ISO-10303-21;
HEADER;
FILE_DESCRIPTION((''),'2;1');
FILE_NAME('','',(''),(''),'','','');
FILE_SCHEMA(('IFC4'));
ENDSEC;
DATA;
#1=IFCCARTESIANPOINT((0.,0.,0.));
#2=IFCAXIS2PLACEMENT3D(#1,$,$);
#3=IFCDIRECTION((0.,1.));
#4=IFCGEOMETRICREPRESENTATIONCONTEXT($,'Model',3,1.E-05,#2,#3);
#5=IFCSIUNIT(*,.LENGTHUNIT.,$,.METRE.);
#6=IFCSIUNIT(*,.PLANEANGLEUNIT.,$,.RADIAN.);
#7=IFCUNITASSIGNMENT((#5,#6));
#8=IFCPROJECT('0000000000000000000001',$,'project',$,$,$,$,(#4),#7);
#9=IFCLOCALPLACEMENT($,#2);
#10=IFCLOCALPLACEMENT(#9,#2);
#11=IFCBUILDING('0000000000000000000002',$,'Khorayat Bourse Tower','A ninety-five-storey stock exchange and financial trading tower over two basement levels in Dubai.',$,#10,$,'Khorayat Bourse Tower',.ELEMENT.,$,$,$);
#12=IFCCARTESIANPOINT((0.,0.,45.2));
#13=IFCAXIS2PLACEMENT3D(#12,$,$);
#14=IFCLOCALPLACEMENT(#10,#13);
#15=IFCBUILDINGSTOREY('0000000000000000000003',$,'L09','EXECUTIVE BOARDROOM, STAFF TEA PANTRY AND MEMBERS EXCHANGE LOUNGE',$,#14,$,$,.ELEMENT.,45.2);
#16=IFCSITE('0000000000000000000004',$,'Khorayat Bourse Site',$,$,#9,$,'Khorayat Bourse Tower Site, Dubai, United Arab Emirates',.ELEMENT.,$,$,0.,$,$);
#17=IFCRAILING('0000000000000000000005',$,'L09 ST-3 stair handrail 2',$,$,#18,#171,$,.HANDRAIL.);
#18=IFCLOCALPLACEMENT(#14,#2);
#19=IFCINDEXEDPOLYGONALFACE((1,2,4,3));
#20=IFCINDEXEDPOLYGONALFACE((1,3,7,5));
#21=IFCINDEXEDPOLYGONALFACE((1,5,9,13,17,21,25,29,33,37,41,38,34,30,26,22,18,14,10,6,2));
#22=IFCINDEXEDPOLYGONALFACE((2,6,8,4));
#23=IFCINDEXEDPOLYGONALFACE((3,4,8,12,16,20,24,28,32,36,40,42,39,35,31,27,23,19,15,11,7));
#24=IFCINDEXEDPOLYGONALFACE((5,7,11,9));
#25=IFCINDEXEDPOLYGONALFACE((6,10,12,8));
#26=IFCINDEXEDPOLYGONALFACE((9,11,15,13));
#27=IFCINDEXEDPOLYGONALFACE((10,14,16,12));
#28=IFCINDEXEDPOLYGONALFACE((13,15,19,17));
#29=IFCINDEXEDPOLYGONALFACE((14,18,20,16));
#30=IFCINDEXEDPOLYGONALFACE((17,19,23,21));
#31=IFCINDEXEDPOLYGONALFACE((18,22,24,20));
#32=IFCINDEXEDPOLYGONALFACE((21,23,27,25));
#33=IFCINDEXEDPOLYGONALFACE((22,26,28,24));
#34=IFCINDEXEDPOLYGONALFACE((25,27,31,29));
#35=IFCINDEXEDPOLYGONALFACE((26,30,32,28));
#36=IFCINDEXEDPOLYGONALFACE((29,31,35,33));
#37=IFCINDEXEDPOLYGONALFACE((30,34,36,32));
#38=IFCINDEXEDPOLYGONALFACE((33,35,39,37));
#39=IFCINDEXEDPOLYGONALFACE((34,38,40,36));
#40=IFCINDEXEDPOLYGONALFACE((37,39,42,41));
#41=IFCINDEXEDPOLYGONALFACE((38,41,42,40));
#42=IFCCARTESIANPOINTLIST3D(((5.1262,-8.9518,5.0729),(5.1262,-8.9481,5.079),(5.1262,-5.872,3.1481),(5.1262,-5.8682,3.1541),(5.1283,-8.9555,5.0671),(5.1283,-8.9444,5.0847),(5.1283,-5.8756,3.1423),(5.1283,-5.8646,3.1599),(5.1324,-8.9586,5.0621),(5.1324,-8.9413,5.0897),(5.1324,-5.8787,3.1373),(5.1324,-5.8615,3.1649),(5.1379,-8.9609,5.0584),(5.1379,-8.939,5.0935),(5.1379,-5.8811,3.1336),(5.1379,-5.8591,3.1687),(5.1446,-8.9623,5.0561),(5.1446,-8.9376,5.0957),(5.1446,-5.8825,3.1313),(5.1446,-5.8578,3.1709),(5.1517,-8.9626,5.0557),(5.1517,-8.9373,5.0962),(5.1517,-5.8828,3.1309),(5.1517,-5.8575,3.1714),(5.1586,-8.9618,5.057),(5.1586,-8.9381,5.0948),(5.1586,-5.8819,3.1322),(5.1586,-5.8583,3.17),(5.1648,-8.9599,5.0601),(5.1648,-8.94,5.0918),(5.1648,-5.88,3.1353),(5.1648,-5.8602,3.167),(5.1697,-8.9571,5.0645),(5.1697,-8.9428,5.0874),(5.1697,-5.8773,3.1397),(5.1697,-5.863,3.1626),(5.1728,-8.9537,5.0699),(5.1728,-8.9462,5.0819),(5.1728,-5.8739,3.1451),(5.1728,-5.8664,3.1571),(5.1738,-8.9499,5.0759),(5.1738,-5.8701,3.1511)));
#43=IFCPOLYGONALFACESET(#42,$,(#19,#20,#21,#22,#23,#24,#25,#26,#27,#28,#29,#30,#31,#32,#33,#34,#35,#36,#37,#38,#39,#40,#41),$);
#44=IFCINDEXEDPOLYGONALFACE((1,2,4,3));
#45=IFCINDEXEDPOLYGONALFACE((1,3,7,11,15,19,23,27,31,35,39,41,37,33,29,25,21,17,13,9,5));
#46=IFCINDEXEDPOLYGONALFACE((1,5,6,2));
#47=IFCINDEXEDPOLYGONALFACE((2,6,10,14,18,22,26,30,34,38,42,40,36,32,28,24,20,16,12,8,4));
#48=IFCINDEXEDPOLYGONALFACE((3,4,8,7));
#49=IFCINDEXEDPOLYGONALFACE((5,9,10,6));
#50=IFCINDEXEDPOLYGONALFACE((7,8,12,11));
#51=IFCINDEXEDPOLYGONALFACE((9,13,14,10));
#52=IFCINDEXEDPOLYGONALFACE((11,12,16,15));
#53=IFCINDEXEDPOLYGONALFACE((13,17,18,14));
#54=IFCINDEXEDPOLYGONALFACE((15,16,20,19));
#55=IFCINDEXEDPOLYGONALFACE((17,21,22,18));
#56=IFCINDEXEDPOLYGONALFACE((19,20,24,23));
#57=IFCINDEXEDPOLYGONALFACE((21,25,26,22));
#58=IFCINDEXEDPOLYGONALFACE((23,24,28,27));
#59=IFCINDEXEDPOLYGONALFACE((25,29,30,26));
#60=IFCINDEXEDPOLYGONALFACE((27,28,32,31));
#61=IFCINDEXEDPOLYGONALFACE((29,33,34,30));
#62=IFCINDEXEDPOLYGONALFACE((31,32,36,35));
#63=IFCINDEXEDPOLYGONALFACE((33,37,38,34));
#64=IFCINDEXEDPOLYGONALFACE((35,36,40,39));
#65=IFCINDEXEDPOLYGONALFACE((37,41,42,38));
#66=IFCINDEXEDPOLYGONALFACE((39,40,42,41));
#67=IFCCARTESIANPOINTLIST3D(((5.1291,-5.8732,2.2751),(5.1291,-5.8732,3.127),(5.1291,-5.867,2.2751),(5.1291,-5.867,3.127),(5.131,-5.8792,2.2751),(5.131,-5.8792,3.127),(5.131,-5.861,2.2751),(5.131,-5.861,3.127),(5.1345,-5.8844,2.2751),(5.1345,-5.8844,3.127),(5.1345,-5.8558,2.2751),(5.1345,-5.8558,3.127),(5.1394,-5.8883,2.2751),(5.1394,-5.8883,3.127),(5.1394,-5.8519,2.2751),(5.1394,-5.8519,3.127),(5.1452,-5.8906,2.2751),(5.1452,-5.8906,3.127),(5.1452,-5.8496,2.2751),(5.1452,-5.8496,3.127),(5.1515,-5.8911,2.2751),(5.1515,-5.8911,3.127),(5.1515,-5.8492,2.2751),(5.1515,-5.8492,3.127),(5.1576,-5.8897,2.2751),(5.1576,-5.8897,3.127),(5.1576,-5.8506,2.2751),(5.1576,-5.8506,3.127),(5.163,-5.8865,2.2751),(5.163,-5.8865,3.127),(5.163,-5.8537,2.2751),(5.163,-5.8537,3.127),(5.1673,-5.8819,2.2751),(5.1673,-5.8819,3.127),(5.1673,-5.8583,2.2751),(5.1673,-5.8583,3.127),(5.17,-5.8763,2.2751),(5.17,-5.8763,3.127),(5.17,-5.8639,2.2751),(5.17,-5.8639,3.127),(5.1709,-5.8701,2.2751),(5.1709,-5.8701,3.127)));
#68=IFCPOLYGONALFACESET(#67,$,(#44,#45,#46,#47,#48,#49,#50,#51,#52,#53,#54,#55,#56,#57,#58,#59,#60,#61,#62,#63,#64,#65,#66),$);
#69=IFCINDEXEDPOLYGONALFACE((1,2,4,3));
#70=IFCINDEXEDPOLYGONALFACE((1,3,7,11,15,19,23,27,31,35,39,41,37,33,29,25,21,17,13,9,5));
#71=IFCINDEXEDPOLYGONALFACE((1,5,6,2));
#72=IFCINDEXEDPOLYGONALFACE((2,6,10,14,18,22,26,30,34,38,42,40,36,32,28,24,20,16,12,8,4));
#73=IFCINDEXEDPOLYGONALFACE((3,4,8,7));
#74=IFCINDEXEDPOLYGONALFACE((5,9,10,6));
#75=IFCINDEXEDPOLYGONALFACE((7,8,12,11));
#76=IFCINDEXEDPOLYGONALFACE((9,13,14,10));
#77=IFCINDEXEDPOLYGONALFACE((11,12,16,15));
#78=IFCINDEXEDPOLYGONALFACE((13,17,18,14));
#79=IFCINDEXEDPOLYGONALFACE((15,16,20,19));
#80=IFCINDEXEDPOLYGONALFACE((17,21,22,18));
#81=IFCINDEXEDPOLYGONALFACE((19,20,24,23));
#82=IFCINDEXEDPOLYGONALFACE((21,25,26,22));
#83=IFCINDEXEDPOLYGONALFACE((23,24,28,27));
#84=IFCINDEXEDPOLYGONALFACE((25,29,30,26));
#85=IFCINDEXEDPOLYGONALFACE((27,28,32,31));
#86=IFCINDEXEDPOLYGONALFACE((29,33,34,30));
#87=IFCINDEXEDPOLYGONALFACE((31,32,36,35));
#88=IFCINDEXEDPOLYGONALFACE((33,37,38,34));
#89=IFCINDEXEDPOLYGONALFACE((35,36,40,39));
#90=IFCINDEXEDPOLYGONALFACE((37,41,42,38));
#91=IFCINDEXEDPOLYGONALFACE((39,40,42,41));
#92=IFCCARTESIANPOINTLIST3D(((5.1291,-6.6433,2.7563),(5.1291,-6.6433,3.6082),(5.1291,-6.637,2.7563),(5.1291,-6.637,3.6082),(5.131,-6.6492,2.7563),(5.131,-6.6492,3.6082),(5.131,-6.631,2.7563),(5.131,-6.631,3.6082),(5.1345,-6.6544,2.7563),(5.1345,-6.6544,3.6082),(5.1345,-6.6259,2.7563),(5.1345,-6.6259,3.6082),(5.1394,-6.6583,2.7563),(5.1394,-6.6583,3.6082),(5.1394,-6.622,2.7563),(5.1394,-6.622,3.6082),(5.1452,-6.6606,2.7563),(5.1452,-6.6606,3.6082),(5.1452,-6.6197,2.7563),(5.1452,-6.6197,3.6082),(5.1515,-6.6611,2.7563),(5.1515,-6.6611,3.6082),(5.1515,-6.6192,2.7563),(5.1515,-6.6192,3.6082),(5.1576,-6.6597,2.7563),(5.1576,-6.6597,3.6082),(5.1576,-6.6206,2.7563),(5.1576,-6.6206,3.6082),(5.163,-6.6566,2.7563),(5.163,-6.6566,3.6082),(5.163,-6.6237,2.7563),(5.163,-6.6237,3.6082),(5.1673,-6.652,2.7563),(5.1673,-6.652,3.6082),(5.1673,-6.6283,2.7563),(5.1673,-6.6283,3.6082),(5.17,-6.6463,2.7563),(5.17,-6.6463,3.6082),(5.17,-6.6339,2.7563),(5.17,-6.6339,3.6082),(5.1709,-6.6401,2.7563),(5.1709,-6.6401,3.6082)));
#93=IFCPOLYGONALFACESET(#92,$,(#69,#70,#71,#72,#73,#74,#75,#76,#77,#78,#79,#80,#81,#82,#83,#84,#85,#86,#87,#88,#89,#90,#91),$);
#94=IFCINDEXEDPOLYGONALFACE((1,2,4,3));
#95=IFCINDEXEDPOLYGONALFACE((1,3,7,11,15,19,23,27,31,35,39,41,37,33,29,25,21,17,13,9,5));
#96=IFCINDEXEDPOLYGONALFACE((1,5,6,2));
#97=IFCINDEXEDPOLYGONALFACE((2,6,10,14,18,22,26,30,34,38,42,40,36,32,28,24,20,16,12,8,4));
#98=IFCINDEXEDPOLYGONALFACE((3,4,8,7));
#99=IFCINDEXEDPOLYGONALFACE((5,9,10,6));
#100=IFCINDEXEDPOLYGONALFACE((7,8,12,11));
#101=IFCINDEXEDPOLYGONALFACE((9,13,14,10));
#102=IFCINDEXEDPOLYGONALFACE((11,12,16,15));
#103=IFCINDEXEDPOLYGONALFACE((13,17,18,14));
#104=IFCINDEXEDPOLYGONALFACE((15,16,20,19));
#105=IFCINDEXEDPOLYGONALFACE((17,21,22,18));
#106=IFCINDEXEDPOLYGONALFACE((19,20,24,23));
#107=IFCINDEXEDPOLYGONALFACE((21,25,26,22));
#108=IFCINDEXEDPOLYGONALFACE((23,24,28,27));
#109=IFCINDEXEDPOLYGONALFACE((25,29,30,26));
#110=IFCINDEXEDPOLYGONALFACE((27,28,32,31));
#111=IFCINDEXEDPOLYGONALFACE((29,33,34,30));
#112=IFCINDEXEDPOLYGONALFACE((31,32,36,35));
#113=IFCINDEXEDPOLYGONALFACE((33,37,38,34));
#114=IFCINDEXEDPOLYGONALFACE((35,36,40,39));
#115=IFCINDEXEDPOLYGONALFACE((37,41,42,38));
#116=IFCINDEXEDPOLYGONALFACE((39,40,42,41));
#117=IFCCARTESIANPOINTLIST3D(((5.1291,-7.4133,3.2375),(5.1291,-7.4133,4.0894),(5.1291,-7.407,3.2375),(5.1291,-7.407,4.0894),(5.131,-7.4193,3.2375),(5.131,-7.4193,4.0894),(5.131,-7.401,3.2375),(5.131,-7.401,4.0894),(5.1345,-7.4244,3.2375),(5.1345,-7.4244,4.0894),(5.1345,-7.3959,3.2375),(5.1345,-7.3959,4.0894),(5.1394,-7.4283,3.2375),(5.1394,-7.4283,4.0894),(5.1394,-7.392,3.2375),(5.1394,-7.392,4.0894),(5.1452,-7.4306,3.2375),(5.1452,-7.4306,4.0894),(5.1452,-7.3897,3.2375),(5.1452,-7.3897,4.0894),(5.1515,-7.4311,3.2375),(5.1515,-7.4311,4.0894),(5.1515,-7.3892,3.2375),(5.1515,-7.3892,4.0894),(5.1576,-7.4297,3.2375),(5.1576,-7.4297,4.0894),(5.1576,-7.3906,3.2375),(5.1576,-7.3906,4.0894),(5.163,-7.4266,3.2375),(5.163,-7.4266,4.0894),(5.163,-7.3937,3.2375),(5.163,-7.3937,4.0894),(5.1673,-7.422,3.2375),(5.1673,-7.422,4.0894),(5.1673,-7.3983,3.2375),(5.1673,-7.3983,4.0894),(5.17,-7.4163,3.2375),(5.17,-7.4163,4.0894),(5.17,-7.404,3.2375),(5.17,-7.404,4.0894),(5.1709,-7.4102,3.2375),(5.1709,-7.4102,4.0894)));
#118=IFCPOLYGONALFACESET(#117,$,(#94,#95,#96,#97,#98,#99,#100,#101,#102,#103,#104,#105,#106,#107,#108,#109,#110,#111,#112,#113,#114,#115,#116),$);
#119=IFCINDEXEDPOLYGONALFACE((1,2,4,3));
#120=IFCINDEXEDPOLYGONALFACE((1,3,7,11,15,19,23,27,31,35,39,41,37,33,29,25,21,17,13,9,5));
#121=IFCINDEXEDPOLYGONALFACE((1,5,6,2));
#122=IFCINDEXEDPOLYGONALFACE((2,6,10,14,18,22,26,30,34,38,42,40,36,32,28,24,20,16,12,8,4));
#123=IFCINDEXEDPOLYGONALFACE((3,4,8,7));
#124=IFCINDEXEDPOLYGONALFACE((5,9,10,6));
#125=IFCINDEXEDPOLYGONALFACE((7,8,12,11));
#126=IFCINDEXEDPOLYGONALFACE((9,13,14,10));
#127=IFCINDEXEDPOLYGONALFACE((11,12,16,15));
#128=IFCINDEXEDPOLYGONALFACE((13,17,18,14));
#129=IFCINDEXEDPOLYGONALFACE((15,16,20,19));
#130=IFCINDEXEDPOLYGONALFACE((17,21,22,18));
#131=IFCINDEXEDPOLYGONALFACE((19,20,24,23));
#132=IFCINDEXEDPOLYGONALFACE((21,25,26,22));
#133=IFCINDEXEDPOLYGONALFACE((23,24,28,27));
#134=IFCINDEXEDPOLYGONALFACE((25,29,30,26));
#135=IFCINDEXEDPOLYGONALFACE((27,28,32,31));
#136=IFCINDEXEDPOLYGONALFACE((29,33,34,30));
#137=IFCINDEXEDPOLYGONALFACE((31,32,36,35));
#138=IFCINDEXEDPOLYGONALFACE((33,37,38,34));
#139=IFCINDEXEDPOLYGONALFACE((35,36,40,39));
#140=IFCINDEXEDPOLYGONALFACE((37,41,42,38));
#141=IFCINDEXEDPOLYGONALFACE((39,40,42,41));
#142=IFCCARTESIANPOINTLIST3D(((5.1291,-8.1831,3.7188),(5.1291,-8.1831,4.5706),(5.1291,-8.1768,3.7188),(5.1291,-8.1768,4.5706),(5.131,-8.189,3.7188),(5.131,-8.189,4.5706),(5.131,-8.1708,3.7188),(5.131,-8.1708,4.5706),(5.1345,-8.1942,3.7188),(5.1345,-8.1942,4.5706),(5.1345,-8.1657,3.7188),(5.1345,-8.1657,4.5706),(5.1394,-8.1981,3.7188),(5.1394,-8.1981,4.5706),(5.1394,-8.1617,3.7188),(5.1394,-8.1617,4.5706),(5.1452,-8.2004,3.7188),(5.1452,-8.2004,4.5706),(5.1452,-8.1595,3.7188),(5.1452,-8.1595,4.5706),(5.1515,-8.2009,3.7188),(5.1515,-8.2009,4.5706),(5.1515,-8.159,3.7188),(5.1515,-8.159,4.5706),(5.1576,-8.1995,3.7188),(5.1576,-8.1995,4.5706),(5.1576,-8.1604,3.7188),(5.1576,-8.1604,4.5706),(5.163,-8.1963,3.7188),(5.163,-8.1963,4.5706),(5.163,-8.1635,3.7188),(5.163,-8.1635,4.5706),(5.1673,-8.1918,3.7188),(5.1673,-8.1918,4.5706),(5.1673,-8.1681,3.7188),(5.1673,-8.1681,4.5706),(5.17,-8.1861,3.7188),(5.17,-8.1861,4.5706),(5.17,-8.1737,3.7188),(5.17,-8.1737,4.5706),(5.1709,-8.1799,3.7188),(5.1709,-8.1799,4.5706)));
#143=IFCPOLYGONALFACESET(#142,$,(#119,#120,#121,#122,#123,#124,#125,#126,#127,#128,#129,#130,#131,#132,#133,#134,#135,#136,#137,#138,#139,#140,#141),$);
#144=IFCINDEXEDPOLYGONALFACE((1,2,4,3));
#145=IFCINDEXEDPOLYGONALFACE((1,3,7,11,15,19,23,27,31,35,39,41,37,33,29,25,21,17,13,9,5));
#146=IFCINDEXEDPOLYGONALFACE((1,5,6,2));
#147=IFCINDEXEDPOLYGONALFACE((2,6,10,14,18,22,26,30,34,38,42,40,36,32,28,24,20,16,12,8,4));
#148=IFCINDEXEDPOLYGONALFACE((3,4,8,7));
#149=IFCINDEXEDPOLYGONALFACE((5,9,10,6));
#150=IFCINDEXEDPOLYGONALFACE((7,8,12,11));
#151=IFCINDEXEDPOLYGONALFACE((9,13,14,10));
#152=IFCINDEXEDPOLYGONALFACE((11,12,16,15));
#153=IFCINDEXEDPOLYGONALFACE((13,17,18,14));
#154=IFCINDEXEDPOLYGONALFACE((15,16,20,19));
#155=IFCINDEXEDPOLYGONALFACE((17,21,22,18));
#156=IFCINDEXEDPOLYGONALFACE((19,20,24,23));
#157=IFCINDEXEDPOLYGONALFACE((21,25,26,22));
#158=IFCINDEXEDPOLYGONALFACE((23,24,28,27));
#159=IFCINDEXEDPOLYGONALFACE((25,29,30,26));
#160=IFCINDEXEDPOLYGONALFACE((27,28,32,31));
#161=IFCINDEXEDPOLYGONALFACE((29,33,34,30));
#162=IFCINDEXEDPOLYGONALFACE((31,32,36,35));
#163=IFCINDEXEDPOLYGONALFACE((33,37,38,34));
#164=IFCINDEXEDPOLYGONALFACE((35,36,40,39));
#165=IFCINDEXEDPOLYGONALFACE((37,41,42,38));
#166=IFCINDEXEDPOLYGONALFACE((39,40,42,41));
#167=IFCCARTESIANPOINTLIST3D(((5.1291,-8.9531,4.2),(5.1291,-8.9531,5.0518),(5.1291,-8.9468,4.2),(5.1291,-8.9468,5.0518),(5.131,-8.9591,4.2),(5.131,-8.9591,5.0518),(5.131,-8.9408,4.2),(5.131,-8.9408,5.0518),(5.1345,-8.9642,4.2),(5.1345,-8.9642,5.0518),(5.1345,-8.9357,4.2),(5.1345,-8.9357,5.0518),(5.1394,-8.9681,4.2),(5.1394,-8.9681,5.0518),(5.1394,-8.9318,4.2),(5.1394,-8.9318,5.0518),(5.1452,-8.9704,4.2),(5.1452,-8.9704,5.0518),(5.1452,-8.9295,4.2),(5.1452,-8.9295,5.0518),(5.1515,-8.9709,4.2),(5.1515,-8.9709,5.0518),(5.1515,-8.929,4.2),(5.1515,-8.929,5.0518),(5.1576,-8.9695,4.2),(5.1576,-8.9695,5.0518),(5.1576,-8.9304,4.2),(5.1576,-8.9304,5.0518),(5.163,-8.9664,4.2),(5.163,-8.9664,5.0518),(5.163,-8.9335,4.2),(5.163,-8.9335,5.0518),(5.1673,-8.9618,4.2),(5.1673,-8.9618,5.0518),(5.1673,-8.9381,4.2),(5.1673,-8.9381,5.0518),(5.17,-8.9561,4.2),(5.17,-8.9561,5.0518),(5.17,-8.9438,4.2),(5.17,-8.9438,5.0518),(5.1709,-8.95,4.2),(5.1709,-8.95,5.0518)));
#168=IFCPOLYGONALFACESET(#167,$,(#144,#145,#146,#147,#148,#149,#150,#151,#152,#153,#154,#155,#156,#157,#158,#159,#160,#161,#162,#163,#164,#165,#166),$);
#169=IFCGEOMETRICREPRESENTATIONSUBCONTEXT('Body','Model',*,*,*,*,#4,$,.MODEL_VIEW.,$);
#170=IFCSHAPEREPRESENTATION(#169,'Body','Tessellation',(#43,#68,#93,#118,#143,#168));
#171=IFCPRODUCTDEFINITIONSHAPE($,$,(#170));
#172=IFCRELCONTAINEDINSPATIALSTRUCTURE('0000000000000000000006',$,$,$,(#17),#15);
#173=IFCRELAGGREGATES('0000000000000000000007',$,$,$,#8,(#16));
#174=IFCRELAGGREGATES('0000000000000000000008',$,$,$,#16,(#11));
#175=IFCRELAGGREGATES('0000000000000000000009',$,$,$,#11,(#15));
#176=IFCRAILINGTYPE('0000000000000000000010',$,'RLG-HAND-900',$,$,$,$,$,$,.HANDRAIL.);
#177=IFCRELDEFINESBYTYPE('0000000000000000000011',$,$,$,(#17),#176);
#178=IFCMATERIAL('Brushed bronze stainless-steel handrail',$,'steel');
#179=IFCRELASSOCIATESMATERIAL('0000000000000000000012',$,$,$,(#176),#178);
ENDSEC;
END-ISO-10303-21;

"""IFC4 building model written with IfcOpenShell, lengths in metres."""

from ifc_helpers import new_model, si_unit, direction, frame, origin, origin_2d, place, context, subcontext, project, spatial, circle, extrude, source, transform, mapped, material, type_object, element, save


model = new_model("IFC4")

# Units and contexts
model_context = context("Model", 3, precision=1e-05, world=origin(), true_north=direction((0.0, 1.0)))
body_context = subcontext(model_context, "Body", "Model", "MODEL_VIEW")
ifc_project = project(units=[si_unit("LENGTHUNIT", "METRE"), si_unit("PLANEANGLEUNIT", "RADIAN")], contexts=[model_context])

# Site, building, storey
site_placement = place(None, origin())
site = spatial("IfcSite", under=ifc_project, at=site_placement, Name="Khorayat Bourse Site", LongName="Khorayat Bourse Tower Site, Dubai, United Arab Emirates", CompositionType="ELEMENT", RefElevation=0.0)
building_placement = place(site_placement, origin())
building = spatial("IfcBuilding", under=site, at=building_placement, Name="Khorayat Bourse Tower", Description="A ninety-five-storey stock exchange and financial trading tower over two basement levels in Dubai.", LongName="Khorayat Bourse Tower", CompositionType="ELEMENT")
storey_placement = place(building_placement, frame((0.0, 0.0, 45.2)))
storey = spatial("IfcBuildingStorey", under=building, at=storey_placement, Name="L09", Description="EXECUTIVE BOARDROOM, STAFF TEA PANTRY AND MEMBERS EXCHANGE LOUNGE", CompositionType="ELEMENT", Elevation=45.2)

# Railing
ifc_material_1 = material(Name="Brushed bronze stainless-steel handrail", Category="steel")
railing_type_1 = type_object("IfcRailingType", Name="RLG-HAND-900", PredefinedType="HANDRAIL", material=ifc_material_1)
shared_shape_1 = source(origin(), body_context, "Body", "SweptSolid", [
    extrude(circle(Radius=0.0239, at=origin_2d()), frame((0.0, 0.0, 0.876), z_axis=(0.0, -0.84801, 0.529981), x_axis=(1.0, 0.0, 0.0)), (0.0, 0.0, 1.0), 3.6318),
    extrude(circle(Radius=0.021, at=origin_2d()), origin(), (0.0, 0.0, 1.0), 0.8518),
    extrude(circle(Radius=0.021, at=origin_2d()), frame((0.0, -0.77, 0.4812)), (0.0, 0.0, 1.0), 0.8518),
    extrude(circle(Radius=0.021, at=origin_2d()), frame((0.0, -1.54, 0.9624)), (0.0, 0.0, 1.0), 0.8518),
    extrude(circle(Radius=0.021, at=origin_2d()), frame((0.0, -2.3098, 1.4436)), (0.0, 0.0, 1.0), 0.8518),
    extrude(circle(Radius=0.021, at=origin_2d()), frame((0.0, -3.0798, 1.9248)), (0.0, 0.0, 1.0), 0.8518),
])
railing_1_placement = place(storey_placement, frame((5.1499, -5.8701, 2.2751)))
element("IfcRailing", 1, at=railing_1_placement, inside=storey, type_object=railing_type_1, Name="L09 ST-3 stair handrail 2", PredefinedType="HANDRAIL", context=body_context, shape_type="MappedRepresentation", body=[
    mapped(shared_shape_1, transform((0.0, 0.0, 0.0), scale=1.0)),
])

save(model, "model.ifc")
